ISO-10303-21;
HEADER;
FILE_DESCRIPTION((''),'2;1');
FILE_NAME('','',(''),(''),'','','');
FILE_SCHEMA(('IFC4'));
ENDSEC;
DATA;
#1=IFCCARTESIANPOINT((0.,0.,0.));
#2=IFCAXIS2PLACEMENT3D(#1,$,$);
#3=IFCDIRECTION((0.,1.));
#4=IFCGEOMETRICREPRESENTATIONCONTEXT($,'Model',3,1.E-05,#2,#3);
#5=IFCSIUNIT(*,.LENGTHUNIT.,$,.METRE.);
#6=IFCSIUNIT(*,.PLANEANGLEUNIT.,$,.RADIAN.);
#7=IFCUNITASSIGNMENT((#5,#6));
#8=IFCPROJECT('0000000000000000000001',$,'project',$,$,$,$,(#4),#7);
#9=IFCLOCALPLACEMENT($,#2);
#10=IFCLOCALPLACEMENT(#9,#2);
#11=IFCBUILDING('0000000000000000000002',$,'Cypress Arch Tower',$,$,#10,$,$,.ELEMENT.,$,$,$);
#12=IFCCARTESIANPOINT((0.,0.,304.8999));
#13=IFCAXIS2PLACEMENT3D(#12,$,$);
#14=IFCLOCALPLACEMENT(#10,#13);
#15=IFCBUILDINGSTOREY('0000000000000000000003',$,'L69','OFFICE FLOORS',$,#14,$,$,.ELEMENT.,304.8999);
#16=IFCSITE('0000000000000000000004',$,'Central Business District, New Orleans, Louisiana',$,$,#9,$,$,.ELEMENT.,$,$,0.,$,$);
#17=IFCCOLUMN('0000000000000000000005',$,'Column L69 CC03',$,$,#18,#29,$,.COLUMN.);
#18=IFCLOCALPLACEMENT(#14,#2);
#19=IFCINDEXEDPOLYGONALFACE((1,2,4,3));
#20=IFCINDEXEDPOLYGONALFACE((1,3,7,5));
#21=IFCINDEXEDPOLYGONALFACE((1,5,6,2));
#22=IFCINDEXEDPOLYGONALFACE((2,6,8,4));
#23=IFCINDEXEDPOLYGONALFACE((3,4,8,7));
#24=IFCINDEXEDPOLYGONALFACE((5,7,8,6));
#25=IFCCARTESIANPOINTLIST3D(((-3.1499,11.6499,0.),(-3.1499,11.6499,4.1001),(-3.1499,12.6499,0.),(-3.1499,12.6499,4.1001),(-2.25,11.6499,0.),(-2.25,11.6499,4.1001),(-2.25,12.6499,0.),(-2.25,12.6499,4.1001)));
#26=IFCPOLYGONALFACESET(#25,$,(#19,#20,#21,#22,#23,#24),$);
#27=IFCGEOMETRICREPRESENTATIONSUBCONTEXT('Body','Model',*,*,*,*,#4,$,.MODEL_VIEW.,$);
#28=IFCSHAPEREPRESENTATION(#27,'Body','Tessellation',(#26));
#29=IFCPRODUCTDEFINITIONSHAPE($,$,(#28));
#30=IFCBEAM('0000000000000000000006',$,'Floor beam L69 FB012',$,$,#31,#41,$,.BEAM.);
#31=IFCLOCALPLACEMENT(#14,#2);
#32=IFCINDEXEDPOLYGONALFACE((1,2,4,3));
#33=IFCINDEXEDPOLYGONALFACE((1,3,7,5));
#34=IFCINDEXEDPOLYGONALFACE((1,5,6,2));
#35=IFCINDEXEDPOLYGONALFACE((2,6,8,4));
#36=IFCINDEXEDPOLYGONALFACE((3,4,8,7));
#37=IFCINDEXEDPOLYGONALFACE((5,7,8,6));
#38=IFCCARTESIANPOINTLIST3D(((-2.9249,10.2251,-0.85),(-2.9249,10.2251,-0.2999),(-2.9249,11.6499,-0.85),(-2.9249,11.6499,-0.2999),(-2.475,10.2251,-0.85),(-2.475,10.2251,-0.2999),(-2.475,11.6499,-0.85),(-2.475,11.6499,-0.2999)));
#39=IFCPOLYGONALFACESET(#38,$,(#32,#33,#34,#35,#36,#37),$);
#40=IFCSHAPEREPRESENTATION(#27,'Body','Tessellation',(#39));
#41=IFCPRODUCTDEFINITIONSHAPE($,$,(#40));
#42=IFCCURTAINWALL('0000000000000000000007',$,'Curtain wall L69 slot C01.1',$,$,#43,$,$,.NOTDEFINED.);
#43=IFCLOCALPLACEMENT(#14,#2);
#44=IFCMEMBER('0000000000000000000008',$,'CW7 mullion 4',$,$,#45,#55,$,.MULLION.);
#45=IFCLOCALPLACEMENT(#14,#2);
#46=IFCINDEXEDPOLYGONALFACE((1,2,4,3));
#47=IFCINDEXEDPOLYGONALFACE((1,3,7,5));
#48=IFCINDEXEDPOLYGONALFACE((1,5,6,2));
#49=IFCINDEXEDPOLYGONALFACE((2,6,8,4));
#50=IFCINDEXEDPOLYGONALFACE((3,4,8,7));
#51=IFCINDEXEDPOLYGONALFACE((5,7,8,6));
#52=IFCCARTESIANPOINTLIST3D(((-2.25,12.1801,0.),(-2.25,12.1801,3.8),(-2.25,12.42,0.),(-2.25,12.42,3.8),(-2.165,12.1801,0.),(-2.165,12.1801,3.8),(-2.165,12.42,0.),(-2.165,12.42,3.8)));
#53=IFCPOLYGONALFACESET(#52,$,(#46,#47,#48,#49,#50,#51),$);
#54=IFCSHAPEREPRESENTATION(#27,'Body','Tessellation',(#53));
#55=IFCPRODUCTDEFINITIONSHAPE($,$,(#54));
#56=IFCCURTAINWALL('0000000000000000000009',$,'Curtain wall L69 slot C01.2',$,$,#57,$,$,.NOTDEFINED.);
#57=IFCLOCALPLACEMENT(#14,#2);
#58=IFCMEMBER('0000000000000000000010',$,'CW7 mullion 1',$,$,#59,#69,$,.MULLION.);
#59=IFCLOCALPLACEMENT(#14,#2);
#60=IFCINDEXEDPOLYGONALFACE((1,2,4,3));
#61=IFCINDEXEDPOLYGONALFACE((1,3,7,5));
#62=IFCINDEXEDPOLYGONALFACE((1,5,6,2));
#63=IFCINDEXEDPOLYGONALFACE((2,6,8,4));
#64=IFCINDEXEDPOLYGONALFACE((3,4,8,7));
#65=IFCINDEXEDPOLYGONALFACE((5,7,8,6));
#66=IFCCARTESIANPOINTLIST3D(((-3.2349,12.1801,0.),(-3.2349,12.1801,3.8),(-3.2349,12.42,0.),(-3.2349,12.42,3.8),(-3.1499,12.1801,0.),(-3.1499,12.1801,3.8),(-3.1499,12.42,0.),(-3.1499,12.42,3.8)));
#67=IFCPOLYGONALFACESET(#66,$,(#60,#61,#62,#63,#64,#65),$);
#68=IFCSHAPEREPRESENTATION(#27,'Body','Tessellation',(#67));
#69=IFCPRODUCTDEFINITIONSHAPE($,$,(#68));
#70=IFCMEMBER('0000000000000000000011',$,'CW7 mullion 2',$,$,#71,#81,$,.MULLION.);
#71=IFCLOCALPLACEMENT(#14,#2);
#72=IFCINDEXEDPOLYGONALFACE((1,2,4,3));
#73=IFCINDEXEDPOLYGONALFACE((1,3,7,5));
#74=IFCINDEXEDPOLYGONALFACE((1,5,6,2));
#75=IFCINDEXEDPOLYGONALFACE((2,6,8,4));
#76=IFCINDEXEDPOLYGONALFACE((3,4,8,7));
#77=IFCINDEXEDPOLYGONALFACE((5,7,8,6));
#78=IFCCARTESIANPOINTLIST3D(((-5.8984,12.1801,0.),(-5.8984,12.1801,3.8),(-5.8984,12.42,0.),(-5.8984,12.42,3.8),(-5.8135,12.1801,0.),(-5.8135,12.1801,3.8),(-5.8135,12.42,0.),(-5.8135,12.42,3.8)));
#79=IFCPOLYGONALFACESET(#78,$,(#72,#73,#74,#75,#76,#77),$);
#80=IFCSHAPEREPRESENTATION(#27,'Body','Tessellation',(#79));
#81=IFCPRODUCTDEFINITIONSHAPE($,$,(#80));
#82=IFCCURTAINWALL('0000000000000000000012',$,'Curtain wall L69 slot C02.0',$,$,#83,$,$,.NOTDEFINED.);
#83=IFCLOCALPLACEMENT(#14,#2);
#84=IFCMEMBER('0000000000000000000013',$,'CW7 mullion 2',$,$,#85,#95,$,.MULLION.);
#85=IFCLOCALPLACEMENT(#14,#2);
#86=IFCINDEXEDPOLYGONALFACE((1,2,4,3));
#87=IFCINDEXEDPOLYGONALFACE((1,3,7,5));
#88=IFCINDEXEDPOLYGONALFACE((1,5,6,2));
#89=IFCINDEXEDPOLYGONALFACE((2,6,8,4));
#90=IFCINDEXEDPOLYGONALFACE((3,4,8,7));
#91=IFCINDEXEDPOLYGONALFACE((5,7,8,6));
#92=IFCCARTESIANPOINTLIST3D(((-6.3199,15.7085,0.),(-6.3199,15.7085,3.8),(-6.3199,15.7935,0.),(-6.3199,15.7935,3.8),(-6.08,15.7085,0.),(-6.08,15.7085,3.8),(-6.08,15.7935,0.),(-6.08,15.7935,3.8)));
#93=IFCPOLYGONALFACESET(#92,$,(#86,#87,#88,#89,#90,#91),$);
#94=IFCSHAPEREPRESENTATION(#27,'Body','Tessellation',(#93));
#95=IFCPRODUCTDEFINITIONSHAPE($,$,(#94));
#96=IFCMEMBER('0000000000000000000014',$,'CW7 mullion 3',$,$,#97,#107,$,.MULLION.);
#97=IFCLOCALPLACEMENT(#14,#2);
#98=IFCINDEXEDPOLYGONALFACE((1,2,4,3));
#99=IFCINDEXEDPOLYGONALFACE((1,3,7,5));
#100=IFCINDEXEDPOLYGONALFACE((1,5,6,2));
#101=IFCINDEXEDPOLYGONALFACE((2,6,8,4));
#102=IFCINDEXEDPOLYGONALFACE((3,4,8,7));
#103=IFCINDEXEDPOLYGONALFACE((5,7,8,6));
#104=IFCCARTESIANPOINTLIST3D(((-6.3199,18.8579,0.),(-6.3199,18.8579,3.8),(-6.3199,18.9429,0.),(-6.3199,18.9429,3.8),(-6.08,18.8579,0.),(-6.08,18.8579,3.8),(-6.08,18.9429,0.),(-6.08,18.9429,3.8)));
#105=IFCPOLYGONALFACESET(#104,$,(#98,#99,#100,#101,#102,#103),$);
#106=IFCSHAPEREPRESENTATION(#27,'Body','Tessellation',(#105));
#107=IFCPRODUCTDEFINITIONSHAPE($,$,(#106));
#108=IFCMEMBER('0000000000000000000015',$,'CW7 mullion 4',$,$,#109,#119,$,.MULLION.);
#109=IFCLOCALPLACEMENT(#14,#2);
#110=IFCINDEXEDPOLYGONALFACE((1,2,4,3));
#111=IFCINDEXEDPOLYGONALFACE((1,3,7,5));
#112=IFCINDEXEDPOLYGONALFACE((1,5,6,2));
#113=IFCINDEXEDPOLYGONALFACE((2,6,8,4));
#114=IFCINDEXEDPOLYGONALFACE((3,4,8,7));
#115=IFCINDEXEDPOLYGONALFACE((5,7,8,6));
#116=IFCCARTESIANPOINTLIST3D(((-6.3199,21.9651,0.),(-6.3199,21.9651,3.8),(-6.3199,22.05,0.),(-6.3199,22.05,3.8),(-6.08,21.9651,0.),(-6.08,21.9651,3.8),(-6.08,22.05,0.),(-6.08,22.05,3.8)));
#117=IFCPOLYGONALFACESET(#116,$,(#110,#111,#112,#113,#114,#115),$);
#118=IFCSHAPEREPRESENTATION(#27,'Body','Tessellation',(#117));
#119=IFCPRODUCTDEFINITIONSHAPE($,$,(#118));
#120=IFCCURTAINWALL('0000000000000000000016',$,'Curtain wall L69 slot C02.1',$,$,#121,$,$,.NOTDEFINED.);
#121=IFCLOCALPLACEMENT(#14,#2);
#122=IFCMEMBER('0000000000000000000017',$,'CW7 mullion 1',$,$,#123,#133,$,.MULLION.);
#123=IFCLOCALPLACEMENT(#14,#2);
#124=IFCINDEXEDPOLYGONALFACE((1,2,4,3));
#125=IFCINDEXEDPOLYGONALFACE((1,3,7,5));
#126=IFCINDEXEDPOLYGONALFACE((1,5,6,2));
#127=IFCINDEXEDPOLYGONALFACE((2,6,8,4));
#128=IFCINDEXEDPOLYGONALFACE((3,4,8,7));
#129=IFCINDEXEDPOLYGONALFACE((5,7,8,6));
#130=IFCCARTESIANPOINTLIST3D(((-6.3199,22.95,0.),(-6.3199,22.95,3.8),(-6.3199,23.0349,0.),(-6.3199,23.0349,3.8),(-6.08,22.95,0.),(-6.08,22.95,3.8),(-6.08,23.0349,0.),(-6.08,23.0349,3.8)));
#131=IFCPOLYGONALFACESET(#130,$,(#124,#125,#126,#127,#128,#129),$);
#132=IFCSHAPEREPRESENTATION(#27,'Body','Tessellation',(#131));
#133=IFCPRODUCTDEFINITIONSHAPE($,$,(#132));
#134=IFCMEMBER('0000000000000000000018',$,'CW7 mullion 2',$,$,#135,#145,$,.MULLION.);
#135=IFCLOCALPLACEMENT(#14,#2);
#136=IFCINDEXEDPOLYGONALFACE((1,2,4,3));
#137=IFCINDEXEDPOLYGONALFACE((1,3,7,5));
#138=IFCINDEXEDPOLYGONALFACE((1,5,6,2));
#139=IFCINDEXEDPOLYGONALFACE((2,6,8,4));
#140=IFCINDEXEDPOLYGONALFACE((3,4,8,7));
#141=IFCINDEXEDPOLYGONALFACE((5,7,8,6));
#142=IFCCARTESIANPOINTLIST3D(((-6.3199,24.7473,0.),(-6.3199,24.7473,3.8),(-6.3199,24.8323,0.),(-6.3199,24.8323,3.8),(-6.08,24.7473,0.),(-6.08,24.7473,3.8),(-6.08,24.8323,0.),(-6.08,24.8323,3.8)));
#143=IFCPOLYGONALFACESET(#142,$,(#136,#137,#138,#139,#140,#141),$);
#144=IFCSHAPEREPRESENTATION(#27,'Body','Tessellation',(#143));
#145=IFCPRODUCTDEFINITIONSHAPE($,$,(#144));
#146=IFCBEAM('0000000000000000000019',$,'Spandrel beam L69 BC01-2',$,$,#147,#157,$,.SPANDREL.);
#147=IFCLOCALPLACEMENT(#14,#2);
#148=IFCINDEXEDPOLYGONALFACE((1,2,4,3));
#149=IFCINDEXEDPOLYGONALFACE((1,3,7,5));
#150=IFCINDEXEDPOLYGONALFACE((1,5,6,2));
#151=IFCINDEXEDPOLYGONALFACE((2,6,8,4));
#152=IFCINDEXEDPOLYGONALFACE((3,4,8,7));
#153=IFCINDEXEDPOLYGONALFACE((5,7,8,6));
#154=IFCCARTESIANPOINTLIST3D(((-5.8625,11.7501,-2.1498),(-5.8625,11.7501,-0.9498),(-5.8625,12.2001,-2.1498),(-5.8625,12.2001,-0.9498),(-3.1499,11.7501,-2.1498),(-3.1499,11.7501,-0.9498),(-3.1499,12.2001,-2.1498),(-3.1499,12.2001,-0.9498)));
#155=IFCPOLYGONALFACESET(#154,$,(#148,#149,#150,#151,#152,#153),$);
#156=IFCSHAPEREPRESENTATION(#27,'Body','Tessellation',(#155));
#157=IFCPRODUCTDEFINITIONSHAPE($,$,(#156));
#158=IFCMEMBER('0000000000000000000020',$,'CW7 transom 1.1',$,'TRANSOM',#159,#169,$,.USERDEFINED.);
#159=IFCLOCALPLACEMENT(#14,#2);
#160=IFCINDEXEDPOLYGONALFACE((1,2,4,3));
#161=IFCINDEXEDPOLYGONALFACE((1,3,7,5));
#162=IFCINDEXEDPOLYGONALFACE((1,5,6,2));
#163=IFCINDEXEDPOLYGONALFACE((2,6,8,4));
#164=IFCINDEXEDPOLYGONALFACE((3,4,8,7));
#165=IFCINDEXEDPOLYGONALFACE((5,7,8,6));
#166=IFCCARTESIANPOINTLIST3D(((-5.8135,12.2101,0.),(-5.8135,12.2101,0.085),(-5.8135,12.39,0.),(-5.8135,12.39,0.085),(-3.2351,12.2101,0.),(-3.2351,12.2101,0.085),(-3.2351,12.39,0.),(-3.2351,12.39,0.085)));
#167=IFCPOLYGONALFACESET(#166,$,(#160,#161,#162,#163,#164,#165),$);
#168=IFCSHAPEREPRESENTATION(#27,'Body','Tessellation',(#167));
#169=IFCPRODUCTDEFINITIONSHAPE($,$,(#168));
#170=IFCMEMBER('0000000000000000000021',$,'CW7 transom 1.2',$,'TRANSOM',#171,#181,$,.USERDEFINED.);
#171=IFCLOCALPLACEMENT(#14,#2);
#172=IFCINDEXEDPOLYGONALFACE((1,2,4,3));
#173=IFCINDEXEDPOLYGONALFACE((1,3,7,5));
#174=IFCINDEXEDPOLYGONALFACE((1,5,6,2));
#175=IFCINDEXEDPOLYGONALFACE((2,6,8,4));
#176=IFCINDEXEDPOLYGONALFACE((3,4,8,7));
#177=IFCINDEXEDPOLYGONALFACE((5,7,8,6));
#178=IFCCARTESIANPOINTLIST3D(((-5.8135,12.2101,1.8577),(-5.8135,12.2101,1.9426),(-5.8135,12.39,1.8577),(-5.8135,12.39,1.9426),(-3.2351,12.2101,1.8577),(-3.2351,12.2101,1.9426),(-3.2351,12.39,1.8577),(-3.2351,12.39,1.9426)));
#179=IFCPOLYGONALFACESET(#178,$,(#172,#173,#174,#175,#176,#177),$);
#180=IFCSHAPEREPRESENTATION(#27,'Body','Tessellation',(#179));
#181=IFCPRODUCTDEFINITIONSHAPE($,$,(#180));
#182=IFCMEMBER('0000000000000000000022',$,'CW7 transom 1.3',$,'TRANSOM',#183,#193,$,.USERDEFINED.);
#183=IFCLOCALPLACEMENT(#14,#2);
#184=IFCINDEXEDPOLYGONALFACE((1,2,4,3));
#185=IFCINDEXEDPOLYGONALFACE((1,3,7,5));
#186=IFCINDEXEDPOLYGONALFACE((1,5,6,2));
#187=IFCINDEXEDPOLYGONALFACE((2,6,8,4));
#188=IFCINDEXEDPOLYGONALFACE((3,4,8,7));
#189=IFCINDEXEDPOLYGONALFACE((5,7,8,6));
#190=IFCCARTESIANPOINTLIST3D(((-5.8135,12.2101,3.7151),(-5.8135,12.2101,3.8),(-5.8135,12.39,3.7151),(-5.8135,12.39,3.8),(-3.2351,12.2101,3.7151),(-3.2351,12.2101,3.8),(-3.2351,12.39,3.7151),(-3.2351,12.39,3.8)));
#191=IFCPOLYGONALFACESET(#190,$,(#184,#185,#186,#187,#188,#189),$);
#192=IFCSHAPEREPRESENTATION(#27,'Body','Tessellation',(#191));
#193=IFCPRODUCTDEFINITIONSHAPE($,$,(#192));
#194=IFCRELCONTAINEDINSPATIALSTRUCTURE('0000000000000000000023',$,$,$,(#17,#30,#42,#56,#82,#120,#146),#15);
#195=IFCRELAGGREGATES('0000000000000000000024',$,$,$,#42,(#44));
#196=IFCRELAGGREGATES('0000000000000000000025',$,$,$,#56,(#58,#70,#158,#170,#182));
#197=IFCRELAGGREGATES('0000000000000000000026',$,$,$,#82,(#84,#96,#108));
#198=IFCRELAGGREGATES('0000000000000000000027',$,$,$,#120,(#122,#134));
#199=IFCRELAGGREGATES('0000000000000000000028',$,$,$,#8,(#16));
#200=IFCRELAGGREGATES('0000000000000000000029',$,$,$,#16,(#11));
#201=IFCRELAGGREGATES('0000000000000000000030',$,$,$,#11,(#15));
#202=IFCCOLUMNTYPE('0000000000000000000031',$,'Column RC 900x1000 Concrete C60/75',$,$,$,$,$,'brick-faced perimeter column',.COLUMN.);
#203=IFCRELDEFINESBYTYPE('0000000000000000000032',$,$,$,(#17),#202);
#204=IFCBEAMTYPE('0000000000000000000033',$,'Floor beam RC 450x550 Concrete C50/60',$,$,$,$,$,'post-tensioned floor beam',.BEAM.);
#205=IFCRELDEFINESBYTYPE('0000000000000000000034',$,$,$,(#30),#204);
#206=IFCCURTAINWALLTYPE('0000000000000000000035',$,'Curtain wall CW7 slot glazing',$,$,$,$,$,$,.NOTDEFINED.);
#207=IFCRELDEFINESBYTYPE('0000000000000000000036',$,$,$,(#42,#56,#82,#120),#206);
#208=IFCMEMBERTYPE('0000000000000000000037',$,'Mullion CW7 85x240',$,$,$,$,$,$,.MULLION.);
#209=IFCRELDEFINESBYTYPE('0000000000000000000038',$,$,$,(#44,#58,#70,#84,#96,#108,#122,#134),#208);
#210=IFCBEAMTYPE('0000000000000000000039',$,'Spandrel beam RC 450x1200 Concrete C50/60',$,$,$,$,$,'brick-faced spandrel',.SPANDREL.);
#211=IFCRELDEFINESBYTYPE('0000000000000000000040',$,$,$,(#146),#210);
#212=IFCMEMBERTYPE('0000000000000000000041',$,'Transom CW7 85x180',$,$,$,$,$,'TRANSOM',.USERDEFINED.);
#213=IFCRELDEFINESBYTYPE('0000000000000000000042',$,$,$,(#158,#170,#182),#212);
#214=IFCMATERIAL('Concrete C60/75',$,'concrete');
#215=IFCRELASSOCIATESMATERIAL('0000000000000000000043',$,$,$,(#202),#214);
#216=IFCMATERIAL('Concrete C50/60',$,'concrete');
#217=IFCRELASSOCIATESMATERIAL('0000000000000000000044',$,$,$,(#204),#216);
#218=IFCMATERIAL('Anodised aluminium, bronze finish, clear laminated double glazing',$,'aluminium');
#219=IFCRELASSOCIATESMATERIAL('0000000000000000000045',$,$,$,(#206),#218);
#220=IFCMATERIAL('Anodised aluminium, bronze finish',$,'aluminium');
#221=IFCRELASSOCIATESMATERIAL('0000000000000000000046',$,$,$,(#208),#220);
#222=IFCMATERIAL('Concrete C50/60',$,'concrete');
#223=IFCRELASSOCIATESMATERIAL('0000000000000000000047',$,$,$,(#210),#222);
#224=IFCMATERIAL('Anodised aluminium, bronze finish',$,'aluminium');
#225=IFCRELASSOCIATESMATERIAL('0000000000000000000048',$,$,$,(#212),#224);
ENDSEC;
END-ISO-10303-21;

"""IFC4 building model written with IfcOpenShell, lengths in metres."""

from ifc_helpers import new_model, si_unit, direction, frame, origin, origin_2d, place, context, subcontext, project, spatial, rectangle, extrude, material, material_profile, profile_set, type_object, element, aggregate, save


model = new_model("IFC4")

# Units and contexts
model_context = context("Model", 3, precision=1e-05, world=origin(), true_north=direction((0.0, 1.0)))
body_context = subcontext(model_context, "Body", "Model", "MODEL_VIEW")
ifc_project = project(units=[si_unit("LENGTHUNIT", "METRE"), si_unit("PLANEANGLEUNIT", "RADIAN")], contexts=[model_context])

# Site, building, storey
site_placement = place(None, origin())
site = spatial("IfcSite", under=ifc_project, at=site_placement, Name="Central Business District, New Orleans, Louisiana", CompositionType="ELEMENT", RefElevation=0.0)
building_placement = place(site_placement, origin())
building = spatial("IfcBuilding", under=site, at=building_placement, Name="Cypress Arch Tower", CompositionType="ELEMENT")
storey_placement = place(building_placement, frame((0.0, 0.0, 304.8999)))
storey = spatial("IfcBuildingStorey", under=building, at=storey_placement, Name="L69", Description="OFFICE FLOORS", CompositionType="ELEMENT", Elevation=304.8999)

# Column
ifc_material_1 = material(Name="Concrete C60/75", Category="concrete")
ifc_material_profile_1 = material_profile(ifc_material_1, rectangle(XDim=0.8999, YDim=1.0, at=origin_2d()), Name="RC 900x1000")
ifc_profile_set_1 = profile_set([ifc_material_profile_1], Name="Concrete C60/75")
column_type = type_object("IfcColumnType", Name="Column RC 900x1000 Concrete C60/75", ElementType="brick-faced perimeter column", PredefinedType="COLUMN", material=ifc_profile_set_1)
column_placement = place(storey_placement, frame((-2.7, 12.1499, 0.0), z_axis=(0.0, 0.0, 1.0), x_axis=(-1.0, 0.0, 0.0)))
element("IfcColumn", 1, at=column_placement, inside=storey, type_object=column_type, Name="Column L69 CC03", PredefinedType="COLUMN", context=body_context, shape_type="SweptSolid", body=[
    extrude(rectangle(XDim=0.8999, YDim=1.0, at=origin_2d()), origin(), (0.0, 0.0, 1.0), 4.1001),
])

# Beam
ifc_material_2 = material(Name="Concrete C50/60", Category="concrete")
ifc_material_profile_2 = material_profile(ifc_material_2, rectangle(XDim=0.45, YDim=0.55, at=origin_2d()), Name="RC 450x550")
ifc_profile_set_2 = profile_set([ifc_material_profile_2], Name="Concrete C50/60")
beam_type_1 = type_object("IfcBeamType", Name="Floor beam RC 450x550 Concrete C50/60", ElementType="post-tensioned floor beam", PredefinedType="BEAM", material=ifc_profile_set_2)
beam_1_placement = place(storey_placement, frame((-2.7, 10.2251, -0.575), z_axis=(0.0, 1.0, 0.0), x_axis=(-1.0, 0.0, 0.0)))
element("IfcBeam", 2, at=beam_1_placement, inside=storey, type_object=beam_type_1, Name="Floor beam L69 FB012", PredefinedType="BEAM", context=body_context, shape_type="SweptSolid", body=[
    extrude(rectangle(XDim=0.45, YDim=0.55, at=origin_2d()), origin(), (0.0, 0.0, 1.0), 1.4248),
])

# Curtain wall, member
ifc_material_3 = material(Name="Anodised aluminium, bronze finish, clear laminated double glazing", Category="aluminium")
curtain_wall_type = type_object("IfcCurtainWallType", Name="Curtain wall CW7 slot glazing", PredefinedType="NOTDEFINED", material=ifc_material_3)
curtain_wall_1_placement = place(storey_placement, origin())
curtain_wall_1 = element("IfcCurtainWall", 3, at=curtain_wall_1_placement, inside=storey, type_object=curtain_wall_type, Name="Curtain wall L69 slot C01.1", PredefinedType="NOTDEFINED")
ifc_material_4 = material(Name="Anodised aluminium, bronze finish", Category="aluminium")
ifc_material_profile_3 = material_profile(ifc_material_4, rectangle(XDim=0.24, YDim=0.085, at=origin_2d()), Name="Mullion 85x240")
ifc_profile_set_3 = profile_set([ifc_material_profile_3], Name="Anodised aluminium, bronze finish")
member_type_1 = type_object("IfcMemberType", Name="Mullion CW7 85x240", PredefinedType="MULLION", material=ifc_profile_set_3)
member_1_placement = place(storey_placement, frame((-2.2075, 12.3, 0.0), z_axis=(0.0, 0.0, 1.0), x_axis=(0.0, -1.0, 0.0)))
member_1 = element("IfcMember", 4, at=member_1_placement, type_object=member_type_1, Name="CW7 mullion 4", PredefinedType="MULLION", context=body_context, shape_type="SweptSolid", body=[
    extrude(rectangle(XDim=0.24, YDim=0.085, at=origin_2d()), origin(), (0.0, 0.0, 1.0), 3.8),
])

# Curtain walls, members
curtain_wall_2_placement = place(storey_placement, origin())
curtain_wall_2 = element("IfcCurtainWall", 5, at=curtain_wall_2_placement, inside=storey, type_object=curtain_wall_type, Name="Curtain wall L69 slot C01.2", PredefinedType="NOTDEFINED")
member_2_placement = place(storey_placement, frame((-3.1924, 12.3, 0.0), z_axis=(0.0, 0.0, 1.0), x_axis=(0.0, -1.0, 0.0)))
member_2 = element("IfcMember", 6, at=member_2_placement, type_object=member_type_1, Name="CW7 mullion 1", PredefinedType="MULLION", context=body_context, shape_type="SweptSolid", body=[
    extrude(rectangle(XDim=0.24, YDim=0.085, at=origin_2d()), origin(), (0.0, 0.0, 1.0), 3.8),
])
member_3_placement = place(storey_placement, frame((-5.856, 12.3, 0.0), z_axis=(0.0, 0.0, 1.0), x_axis=(0.0, -1.0, 0.0)))
member_3 = element("IfcMember", 7, at=member_3_placement, type_object=member_type_1, Name="CW7 mullion 2", PredefinedType="MULLION", context=body_context, shape_type="SweptSolid", body=[
    extrude(rectangle(XDim=0.24, YDim=0.085, at=origin_2d()), origin(), (0.0, 0.0, 1.0), 3.8),
])
curtain_wall_3_placement = place(storey_placement, origin())
curtain_wall_3 = element("IfcCurtainWall", 8, at=curtain_wall_3_placement, inside=storey, type_object=curtain_wall_type, Name="Curtain wall L69 slot C02.0", PredefinedType="NOTDEFINED")
member_4_placement = place(storey_placement, frame((-6.2, 15.751, 0.0), z_axis=(0.0, 0.0, 1.0), x_axis=(-1.0, 0.0, 0.0)))
member_4 = element("IfcMember", 9, at=member_4_placement, type_object=member_type_1, Name="CW7 mullion 2", PredefinedType="MULLION", context=body_context, shape_type="SweptSolid", body=[
    extrude(rectangle(XDim=0.24, YDim=0.085, at=origin_2d()), origin(), (0.0, 0.0, 1.0), 3.8),
])
member_5_placement = place(storey_placement, frame((-6.2, 18.9004, 0.0), z_axis=(0.0, 0.0, 1.0), x_axis=(-1.0, 0.0, 0.0)))
member_5 = element("IfcMember", 10, at=member_5_placement, type_object=member_type_1, Name="CW7 mullion 3", PredefinedType="MULLION", context=body_context, shape_type="SweptSolid", body=[
    extrude(rectangle(XDim=0.24, YDim=0.085, at=origin_2d()), origin(), (0.0, 0.0, 1.0), 3.8),
])
member_6_placement = place(storey_placement, frame((-6.2, 22.0076, 0.0), z_axis=(0.0, 0.0, 1.0), x_axis=(-1.0, 0.0, 0.0)))
member_6 = element("IfcMember", 11, at=member_6_placement, type_object=member_type_1, Name="CW7 mullion 4", PredefinedType="MULLION", context=body_context, shape_type="SweptSolid", body=[
    extrude(rectangle(XDim=0.24, YDim=0.085, at=origin_2d()), origin(), (0.0, 0.0, 1.0), 3.8),
])
curtain_wall_4_placement = place(storey_placement, origin())
curtain_wall_4 = element("IfcCurtainWall", 12, at=curtain_wall_4_placement, inside=storey, type_object=curtain_wall_type, Name="Curtain wall L69 slot C02.1", PredefinedType="NOTDEFINED")
member_7_placement = place(storey_placement, frame((-6.2, 22.9924, 0.0), z_axis=(0.0, 0.0, 1.0), x_axis=(-1.0, 0.0, 0.0)))
member_7 = element("IfcMember", 13, at=member_7_placement, type_object=member_type_1, Name="CW7 mullion 1", PredefinedType="MULLION", context=body_context, shape_type="SweptSolid", body=[
    extrude(rectangle(XDim=0.24, YDim=0.085, at=origin_2d()), origin(), (0.0, 0.0, 1.0), 3.8),
])
member_8_placement = place(storey_placement, frame((-6.2, 24.7898, 0.0), z_axis=(0.0, 0.0, 1.0), x_axis=(-1.0, 0.0, 0.0)))
member_8 = element("IfcMember", 14, at=member_8_placement, type_object=member_type_1, Name="CW7 mullion 2", PredefinedType="MULLION", context=body_context, shape_type="SweptSolid", body=[
    extrude(rectangle(XDim=0.24, YDim=0.085, at=origin_2d()), origin(), (0.0, 0.0, 1.0), 3.8),
])

# Beam
ifc_material_5 = material(Name="Concrete C50/60", Category="concrete")
ifc_material_profile_4 = material_profile(ifc_material_5, rectangle(XDim=0.45, YDim=1.2, at=origin_2d()), Name="RC 450x1200")
ifc_profile_set_4 = profile_set([ifc_material_profile_4], Name="Concrete C50/60")
beam_type_2 = type_object("IfcBeamType", Name="Spandrel beam RC 450x1200 Concrete C50/60", ElementType="brick-faced spandrel", PredefinedType="SPANDREL", material=ifc_profile_set_4)
beam_2_placement = place(storey_placement, frame((-3.1499, 11.9751, -1.5498), z_axis=(-1.0, 0.0, 0.0), x_axis=(0.0, -1.0, 0.0)))
element("IfcBeam", 15, at=beam_2_placement, inside=storey, type_object=beam_type_2, Name="Spandrel beam L69 BC01-2", PredefinedType="SPANDREL", context=body_context, shape_type="SweptSolid", body=[
    extrude(rectangle(XDim=0.45, YDim=1.2, at=origin_2d()), origin(), (0.0, 0.0, 1.0), 2.7126),
])

# Members
ifc_material_6 = material(Name="Anodised aluminium, bronze finish", Category="aluminium")
ifc_material_profile_5 = material_profile(ifc_material_6, rectangle(XDim=0.1799, YDim=0.085, at=origin_2d()), Name="Transom 85x180")
ifc_profile_set_5 = profile_set([ifc_material_profile_5], Name="Anodised aluminium, bronze finish")
member_type_2 = type_object("IfcMemberType", Name="Transom CW7 85x180", ElementType="TRANSOM", PredefinedType="USERDEFINED", material=ifc_profile_set_5)
member_9_placement = place(storey_placement, frame((-3.2351, 12.3, 0.0425), z_axis=(-1.0, 0.0, 0.0), x_axis=(0.0, -1.0, 0.0)))
member_9 = element("IfcMember", 16, at=member_9_placement, type_object=member_type_2, Name="CW7 transom 1.1", ObjectType="TRANSOM", PredefinedType="USERDEFINED", context=body_context, shape_type="SweptSolid", body=[
    extrude(rectangle(XDim=0.1799, YDim=0.085, at=origin_2d()), origin(), (0.0, 0.0, 1.0), 2.5784),
])
member_10_placement = place(storey_placement, frame((-3.2351, 12.3, 1.9001), z_axis=(-1.0, 0.0, 0.0), x_axis=(0.0, -1.0, 0.0)))
member_10 = element("IfcMember", 17, at=member_10_placement, type_object=member_type_2, Name="CW7 transom 1.2", ObjectType="TRANSOM", PredefinedType="USERDEFINED", context=body_context, shape_type="SweptSolid", body=[
    extrude(rectangle(XDim=0.1799, YDim=0.085, at=origin_2d()), origin(), (0.0, 0.0, 1.0), 2.5784),
])
member_11_placement = place(storey_placement, frame((-3.2351, 12.3, 3.7576), z_axis=(-1.0, 0.0, 0.0), x_axis=(0.0, -1.0, 0.0)))
member_11 = element("IfcMember", 18, at=member_11_placement, type_object=member_type_2, Name="CW7 transom 1.3", ObjectType="TRANSOM", PredefinedType="USERDEFINED", context=body_context, shape_type="SweptSolid", body=[
    extrude(rectangle(XDim=0.1799, YDim=0.085, at=origin_2d()), origin(), (0.0, 0.0, 1.0), 2.5784),
])

aggregate(curtain_wall_1, [member_1])
aggregate(curtain_wall_2, [member_2, member_3, member_9, member_10, member_11])
aggregate(curtain_wall_3, [member_4, member_5, member_6])
aggregate(curtain_wall_4, [member_7, member_8])

save(model, "model.ifc")
